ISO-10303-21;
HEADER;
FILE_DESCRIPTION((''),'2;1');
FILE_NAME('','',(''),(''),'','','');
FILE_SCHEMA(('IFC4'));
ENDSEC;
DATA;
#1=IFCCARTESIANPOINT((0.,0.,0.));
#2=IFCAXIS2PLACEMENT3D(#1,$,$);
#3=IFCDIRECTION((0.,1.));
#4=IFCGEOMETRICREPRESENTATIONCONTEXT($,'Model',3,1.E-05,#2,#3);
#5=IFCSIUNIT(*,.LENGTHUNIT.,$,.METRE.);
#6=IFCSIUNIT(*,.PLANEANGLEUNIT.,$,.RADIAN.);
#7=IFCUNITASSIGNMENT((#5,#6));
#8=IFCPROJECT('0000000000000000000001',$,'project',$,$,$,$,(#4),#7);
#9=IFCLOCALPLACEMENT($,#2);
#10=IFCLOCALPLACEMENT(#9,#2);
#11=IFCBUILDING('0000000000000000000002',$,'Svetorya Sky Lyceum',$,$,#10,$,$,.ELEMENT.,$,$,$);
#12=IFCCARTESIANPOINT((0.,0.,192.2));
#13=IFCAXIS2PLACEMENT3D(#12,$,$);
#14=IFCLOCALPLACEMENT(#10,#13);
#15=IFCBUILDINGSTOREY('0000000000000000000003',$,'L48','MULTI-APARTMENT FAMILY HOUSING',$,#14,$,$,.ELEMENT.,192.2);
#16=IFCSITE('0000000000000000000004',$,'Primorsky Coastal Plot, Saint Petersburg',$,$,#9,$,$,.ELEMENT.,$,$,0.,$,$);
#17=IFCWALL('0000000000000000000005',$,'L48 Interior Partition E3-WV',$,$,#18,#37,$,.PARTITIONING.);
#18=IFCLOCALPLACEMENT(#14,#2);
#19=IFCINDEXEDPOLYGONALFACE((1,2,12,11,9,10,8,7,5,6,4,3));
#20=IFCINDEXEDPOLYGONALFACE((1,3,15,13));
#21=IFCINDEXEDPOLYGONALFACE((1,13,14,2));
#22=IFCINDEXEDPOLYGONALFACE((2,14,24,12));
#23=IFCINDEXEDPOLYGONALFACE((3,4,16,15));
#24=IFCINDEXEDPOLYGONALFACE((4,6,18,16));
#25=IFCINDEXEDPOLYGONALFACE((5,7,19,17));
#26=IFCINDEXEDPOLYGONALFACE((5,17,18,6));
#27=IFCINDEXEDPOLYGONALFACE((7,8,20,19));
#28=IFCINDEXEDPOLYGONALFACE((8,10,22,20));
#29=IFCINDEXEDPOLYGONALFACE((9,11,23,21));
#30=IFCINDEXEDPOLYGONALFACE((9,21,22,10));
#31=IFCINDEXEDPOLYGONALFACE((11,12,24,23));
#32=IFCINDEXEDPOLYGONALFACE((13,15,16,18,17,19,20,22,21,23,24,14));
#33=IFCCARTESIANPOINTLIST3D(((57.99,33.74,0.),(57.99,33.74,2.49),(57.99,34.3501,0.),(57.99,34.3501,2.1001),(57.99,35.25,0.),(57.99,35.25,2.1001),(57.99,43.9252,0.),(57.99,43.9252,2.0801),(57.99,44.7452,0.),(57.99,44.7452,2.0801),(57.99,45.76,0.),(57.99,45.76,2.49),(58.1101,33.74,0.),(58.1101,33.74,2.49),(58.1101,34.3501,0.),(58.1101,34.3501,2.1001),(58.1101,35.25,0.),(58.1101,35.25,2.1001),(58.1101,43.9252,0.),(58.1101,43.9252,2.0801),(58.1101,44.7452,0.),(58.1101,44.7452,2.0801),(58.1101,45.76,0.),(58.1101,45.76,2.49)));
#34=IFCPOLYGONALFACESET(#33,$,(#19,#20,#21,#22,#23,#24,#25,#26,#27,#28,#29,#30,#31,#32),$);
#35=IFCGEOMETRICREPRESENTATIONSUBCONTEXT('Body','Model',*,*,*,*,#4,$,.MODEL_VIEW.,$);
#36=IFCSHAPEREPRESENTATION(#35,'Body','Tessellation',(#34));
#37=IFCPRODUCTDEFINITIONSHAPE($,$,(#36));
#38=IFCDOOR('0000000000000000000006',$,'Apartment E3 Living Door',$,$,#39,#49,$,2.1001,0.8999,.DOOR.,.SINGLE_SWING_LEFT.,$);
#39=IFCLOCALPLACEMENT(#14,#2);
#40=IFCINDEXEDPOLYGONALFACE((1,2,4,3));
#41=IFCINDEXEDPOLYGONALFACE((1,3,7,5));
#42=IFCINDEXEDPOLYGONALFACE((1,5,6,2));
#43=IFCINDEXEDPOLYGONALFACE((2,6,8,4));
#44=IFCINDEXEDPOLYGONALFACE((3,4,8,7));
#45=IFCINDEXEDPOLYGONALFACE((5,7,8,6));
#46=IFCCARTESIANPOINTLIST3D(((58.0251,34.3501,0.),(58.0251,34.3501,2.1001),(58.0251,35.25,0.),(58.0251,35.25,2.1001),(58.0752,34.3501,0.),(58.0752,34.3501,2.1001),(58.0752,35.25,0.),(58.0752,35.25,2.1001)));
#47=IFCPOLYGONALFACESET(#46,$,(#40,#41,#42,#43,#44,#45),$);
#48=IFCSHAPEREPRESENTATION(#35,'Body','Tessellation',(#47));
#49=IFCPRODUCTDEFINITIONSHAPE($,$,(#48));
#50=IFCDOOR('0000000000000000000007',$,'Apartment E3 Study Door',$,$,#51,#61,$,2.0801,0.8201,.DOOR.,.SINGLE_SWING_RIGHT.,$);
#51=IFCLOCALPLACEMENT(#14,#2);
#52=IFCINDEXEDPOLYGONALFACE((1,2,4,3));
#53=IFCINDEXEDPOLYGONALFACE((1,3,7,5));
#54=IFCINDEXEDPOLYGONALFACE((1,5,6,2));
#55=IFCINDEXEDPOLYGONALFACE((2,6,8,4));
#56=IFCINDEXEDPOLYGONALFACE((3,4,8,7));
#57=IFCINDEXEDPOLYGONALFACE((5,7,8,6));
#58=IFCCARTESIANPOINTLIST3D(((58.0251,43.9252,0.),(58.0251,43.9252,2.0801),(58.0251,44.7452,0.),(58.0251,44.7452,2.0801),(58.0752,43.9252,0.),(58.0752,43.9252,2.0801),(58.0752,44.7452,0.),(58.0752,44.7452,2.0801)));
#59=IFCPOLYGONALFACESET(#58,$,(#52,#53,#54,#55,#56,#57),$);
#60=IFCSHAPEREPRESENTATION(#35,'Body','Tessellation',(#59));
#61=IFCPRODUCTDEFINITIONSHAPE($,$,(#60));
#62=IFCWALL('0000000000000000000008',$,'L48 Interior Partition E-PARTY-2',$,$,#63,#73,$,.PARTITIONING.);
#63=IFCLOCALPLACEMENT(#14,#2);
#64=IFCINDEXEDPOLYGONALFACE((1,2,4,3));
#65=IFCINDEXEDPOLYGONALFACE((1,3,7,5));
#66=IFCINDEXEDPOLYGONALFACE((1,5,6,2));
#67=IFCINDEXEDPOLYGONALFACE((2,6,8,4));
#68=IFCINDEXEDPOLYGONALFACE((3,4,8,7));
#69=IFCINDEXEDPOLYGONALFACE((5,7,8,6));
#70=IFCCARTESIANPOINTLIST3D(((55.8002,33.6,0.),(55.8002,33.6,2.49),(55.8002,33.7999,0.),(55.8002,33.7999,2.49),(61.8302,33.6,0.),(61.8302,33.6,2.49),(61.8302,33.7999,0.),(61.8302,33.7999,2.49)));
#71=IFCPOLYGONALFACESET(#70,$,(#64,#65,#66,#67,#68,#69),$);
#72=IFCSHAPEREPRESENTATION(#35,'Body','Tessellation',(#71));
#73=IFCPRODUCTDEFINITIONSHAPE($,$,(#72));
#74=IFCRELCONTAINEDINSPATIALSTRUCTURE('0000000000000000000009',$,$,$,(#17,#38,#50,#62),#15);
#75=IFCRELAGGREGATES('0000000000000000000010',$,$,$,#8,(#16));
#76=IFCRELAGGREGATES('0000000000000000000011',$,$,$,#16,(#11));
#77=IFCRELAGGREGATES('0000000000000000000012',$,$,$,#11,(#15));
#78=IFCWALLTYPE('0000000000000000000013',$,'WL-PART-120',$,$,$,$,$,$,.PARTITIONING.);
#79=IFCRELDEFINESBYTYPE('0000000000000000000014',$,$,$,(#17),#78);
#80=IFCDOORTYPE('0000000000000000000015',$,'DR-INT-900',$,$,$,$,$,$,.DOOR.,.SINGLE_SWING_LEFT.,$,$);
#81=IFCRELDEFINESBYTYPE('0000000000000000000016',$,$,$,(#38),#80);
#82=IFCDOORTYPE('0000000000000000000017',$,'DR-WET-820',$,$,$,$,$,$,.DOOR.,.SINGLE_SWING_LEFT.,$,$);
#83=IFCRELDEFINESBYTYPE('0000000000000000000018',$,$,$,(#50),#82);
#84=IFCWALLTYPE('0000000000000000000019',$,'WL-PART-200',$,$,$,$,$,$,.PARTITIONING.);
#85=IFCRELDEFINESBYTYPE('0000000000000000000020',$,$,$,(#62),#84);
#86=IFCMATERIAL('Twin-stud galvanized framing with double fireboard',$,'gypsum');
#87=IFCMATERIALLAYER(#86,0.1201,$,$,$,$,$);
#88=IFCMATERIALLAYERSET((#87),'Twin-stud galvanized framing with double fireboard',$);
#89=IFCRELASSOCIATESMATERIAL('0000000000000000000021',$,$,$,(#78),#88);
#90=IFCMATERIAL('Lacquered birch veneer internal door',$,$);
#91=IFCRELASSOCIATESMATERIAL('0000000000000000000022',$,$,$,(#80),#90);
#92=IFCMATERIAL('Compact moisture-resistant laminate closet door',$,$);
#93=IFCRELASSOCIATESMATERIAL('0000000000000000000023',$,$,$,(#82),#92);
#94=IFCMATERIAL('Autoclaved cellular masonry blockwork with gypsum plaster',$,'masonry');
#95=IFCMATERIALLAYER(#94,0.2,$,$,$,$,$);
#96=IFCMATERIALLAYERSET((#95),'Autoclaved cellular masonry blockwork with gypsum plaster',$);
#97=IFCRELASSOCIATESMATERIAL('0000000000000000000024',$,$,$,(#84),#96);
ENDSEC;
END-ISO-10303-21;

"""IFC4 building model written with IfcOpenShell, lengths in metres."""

from ifc_helpers import new_model, si_unit, direction, frame, frame_2d, origin, place, context, subcontext, project, spatial, rectangle, extrude, material, layer, layer_set, type_object, element, fill, save


model = new_model("IFC4")

# Units and contexts
model_context = context("Model", 3, precision=1e-05, world=origin(), true_north=direction((0.0, 1.0)))
body_context = subcontext(model_context, "Body", "Model", "MODEL_VIEW")
ifc_project = project(units=[si_unit("LENGTHUNIT", "METRE"), si_unit("PLANEANGLEUNIT", "RADIAN")], contexts=[model_context])

# Site, building, storey
site_placement = place(None, origin())
site = spatial("IfcSite", under=ifc_project, at=site_placement, Name="Primorsky Coastal Plot, Saint Petersburg", CompositionType="ELEMENT", RefElevation=0.0)
building_placement = place(site_placement, origin())
building = spatial("IfcBuilding", under=site, at=building_placement, Name="Svetorya Sky Lyceum", CompositionType="ELEMENT")
storey_placement = place(building_placement, frame((0.0, 0.0, 192.2)))
storey = spatial("IfcBuildingStorey", under=building, at=storey_placement, Name="L48", Description="MULTI-APARTMENT FAMILY HOUSING", CompositionType="ELEMENT", Elevation=192.2)

# Wall, openings, doors
ifc_material_1 = material(Name="Twin-stud galvanized framing with double fireboard", Category="gypsum")
ifc_layer_1 = layer(ifc_material_1, 0.1201)
ifc_layer_set_1 = layer_set([ifc_layer_1], Name="Twin-stud galvanized framing with double fireboard")
wall_type_1 = type_object("IfcWallType", Name="WL-PART-120", PredefinedType="PARTITIONING", material=ifc_layer_set_1)
wall_1_placement = place(storey_placement, frame((58.05, 33.74, 0.0), z_axis=(0.0, 0.0, 1.0), x_axis=(0.0, 1.0, 0.0)))
wall_1 = element("IfcWall", 1, at=wall_1_placement, inside=storey, type_object=wall_type_1, Name="L48 Interior Partition E3-WV", PredefinedType="PARTITIONING", context=body_context, shape_type="SweptSolid", body=[
    extrude(rectangle(XDim=12.02, YDim=0.1201, at=frame_2d((6.01, 0.0))), origin(), (0.0, 0.0, 1.0), 2.49),
])
opening_1_placement = place(wall_1_placement, frame((0.6101, 0.0, 0.0)))
opening_1 = element("IfcOpeningElement", 2, at=opening_1_placement, cuts=wall_1, PredefinedType="OPENING", context=body_context, shape_type="SweptSolid", body=[
    extrude(rectangle(XDim=0.8999, YDim=2.1001, at=frame_2d((0.45, 1.05))), frame((0.0, 0.0701, 0.0), z_axis=(0.0, -1.0, 0.0), x_axis=(1.0, 0.0, 0.0)), (0.0, 0.0, 1.0), 0.1401),
])
opening_2_placement = place(wall_1_placement, frame((10.1851, 0.0, 0.0)))
opening_2 = element("IfcOpeningElement", 3, at=opening_2_placement, cuts=wall_1, PredefinedType="OPENING", context=body_context, shape_type="SweptSolid", body=[
    extrude(rectangle(XDim=0.8201, YDim=2.0801, at=frame_2d((0.4102, 1.04))), frame((0.0, 0.0701, 0.0), z_axis=(0.0, -1.0, 0.0), x_axis=(1.0, 0.0, 0.0)), (0.0, 0.0, 1.0), 0.1401),
])
ifc_material_2 = material(Name="Lacquered birch veneer internal door")
door_type_1 = type_object("IfcDoorType", Name="DR-INT-900", OperationType="SINGLE_SWING_LEFT", PredefinedType="DOOR", material=ifc_material_2)
door_1_placement = place(opening_1_placement, origin())
door_1 = element("IfcDoor", 4, at=door_1_placement, inside=storey, type_object=door_type_1, Name="Apartment E3 Living Door", OperationType="SINGLE_SWING_LEFT", OverallHeight=2.1001, OverallWidth=0.8999, PredefinedType="DOOR", context=body_context, shape_type="SweptSolid", body=[
    extrude(rectangle(XDim=0.8999, YDim=2.1001, at=frame_2d((0.45, 1.05))), frame((0.0, 0.0249, 0.0), z_axis=(0.0, -1.0, 0.0), x_axis=(1.0, 0.0, 0.0)), (0.0, 0.0, 1.0), 0.05),
])
fill(opening_1, door_1)
ifc_material_3 = material(Name="Compact moisture-resistant laminate closet door")
door_type_2 = type_object("IfcDoorType", Name="DR-WET-820", OperationType="SINGLE_SWING_LEFT", PredefinedType="DOOR", material=ifc_material_3)
door_2_placement = place(opening_2_placement, origin())
door_2 = element("IfcDoor", 5, at=door_2_placement, inside=storey, type_object=door_type_2, Name="Apartment E3 Study Door", OperationType="SINGLE_SWING_RIGHT", OverallHeight=2.0801, OverallWidth=0.8201, PredefinedType="DOOR", context=body_context, shape_type="SweptSolid", body=[
    extrude(rectangle(XDim=0.8201, YDim=2.0801, at=frame_2d((0.4102, 1.04))), frame((0.0, 0.0249, 0.0), z_axis=(0.0, -1.0, 0.0), x_axis=(1.0, 0.0, 0.0)), (0.0, 0.0, 1.0), 0.05),
])
fill(opening_2, door_2)

# Wall
ifc_material_4 = material(Name="Autoclaved cellular masonry blockwork with gypsum plaster", Category="masonry")
ifc_layer_2 = layer(ifc_material_4, 0.2)
ifc_layer_set_2 = layer_set([ifc_layer_2], Name="Autoclaved cellular masonry blockwork with gypsum plaster")
wall_type_2 = type_object("IfcWallType", Name="WL-PART-200", PredefinedType="PARTITIONING", material=ifc_layer_set_2)
wall_2_placement = place(storey_placement, frame((55.8, 33.7, 0.0), z_axis=(0.0, 0.0, 1.0), x_axis=(1.0, 0.0, 0.0)))
element("IfcWall", 6, at=wall_2_placement, inside=storey, type_object=wall_type_2, Name="L48 Interior Partition E-PARTY-2", PredefinedType="PARTITIONING", context=body_context, shape_type="SweptSolid", body=[
    extrude(rectangle(XDim=6.03, YDim=0.2, at=frame_2d((3.0151, 0.0))), origin(), (0.0, 0.0, 1.0), 2.49),
])

save(model, "model.ifc")
